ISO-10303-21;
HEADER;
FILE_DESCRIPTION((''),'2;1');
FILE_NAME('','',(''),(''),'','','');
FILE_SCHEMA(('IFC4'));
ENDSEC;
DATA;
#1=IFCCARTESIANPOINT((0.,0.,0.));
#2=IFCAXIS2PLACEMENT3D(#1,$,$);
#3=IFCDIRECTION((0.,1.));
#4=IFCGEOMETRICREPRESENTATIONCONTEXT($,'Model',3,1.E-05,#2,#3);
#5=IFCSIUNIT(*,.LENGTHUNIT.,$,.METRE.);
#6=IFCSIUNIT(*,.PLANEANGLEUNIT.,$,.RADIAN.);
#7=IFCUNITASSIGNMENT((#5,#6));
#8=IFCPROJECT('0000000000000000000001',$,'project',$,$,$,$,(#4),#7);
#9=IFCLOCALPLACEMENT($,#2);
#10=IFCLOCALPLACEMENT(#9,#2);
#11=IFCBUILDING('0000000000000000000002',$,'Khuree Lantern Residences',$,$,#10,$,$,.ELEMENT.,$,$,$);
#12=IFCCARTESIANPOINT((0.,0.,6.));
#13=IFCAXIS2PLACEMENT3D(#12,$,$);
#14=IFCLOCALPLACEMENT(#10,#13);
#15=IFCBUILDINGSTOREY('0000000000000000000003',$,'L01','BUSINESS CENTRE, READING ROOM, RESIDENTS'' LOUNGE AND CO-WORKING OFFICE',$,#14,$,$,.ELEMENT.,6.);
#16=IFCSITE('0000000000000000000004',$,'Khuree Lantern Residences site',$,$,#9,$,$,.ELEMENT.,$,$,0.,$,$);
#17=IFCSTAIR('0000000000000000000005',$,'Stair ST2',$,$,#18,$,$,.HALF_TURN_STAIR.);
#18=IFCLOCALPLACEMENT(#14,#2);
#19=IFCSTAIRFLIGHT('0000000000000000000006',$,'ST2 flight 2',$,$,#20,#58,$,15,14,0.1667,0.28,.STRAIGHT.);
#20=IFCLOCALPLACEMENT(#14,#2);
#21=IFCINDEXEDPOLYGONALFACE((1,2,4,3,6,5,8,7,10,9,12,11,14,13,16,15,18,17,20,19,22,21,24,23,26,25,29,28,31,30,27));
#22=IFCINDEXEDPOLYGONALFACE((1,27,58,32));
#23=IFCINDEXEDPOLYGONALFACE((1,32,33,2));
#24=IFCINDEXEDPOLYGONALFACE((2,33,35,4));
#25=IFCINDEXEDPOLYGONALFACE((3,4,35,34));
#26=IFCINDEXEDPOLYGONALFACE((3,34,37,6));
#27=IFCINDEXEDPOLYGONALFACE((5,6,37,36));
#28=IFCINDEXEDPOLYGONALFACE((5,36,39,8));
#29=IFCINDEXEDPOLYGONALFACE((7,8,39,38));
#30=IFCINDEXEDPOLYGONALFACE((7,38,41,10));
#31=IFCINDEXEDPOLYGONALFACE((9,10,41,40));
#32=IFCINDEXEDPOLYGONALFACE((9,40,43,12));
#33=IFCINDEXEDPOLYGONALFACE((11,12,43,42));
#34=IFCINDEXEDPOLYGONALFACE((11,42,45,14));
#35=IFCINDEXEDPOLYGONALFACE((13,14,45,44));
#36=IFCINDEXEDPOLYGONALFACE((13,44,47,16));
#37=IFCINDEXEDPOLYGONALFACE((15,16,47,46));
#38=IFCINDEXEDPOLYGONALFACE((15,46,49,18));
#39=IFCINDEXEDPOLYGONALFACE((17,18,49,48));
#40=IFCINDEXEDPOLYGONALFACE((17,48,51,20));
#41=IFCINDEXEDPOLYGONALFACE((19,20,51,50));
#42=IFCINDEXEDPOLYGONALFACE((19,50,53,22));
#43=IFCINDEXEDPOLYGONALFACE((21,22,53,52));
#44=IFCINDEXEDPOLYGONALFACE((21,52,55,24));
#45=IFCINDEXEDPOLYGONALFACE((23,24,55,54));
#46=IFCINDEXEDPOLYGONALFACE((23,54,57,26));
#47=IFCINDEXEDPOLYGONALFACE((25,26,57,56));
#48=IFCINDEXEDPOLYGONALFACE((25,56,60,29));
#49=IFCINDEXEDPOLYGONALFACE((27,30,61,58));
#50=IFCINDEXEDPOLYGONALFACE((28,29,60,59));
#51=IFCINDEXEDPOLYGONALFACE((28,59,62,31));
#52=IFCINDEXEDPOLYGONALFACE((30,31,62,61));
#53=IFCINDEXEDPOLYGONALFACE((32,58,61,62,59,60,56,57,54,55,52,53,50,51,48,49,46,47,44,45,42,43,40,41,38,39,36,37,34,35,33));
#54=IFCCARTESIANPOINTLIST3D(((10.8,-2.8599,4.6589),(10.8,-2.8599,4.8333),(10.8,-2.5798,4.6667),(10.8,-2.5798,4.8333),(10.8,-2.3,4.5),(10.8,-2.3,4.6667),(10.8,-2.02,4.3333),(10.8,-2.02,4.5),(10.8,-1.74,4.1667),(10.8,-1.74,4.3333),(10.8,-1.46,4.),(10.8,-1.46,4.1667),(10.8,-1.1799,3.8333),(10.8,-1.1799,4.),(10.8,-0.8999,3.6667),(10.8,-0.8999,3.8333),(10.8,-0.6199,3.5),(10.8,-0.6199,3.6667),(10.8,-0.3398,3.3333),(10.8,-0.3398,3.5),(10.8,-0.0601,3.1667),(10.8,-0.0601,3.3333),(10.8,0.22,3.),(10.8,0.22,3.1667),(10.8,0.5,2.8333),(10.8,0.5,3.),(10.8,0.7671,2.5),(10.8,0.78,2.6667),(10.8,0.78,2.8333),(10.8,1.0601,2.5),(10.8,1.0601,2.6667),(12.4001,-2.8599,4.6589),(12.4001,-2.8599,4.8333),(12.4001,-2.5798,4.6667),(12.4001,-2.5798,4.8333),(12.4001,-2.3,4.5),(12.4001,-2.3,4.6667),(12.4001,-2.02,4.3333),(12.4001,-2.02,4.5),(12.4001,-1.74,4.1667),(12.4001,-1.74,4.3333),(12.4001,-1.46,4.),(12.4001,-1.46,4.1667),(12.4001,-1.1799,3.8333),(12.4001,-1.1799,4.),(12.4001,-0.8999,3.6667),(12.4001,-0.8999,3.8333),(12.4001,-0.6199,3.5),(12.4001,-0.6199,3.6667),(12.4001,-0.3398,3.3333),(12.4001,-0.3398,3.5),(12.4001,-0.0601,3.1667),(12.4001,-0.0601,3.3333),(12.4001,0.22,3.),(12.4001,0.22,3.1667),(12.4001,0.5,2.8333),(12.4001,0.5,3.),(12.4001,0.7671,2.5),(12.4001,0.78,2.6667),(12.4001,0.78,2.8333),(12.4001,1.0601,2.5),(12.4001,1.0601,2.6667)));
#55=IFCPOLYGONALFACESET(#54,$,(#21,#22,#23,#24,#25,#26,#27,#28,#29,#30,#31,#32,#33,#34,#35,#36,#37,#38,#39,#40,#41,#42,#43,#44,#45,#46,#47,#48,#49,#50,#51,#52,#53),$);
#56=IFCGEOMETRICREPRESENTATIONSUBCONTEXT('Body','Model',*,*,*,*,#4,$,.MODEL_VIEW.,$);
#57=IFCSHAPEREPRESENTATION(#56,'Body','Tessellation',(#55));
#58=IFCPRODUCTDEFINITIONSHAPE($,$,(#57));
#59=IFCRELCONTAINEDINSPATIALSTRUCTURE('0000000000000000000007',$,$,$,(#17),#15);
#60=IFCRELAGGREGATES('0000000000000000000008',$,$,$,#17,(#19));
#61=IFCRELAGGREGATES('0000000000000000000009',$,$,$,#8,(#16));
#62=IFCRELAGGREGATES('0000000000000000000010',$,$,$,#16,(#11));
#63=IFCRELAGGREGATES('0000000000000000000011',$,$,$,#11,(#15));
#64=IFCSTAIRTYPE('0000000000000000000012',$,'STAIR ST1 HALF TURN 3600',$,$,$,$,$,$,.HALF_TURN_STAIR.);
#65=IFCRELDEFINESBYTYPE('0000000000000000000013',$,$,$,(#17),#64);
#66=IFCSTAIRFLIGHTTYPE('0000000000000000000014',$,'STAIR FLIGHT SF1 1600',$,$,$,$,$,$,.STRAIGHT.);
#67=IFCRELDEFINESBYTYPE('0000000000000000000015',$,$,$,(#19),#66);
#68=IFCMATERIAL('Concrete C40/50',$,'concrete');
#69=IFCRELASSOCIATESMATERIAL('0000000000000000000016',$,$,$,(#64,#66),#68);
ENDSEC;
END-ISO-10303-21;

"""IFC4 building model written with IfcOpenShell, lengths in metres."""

from ifc_helpers import new_model, si_unit, direction, frame, origin, place, context, subcontext, project, spatial, polyline, outline, extrude, material, type_object, element, aggregate, save


model = new_model("IFC4")

# Units and contexts
model_context = context("Model", 3, precision=1e-05, world=origin(), true_north=direction((0.0, 1.0)))
body_context = subcontext(model_context, "Body", "Model", "MODEL_VIEW")
ifc_project = project(units=[si_unit("LENGTHUNIT", "METRE"), si_unit("PLANEANGLEUNIT", "RADIAN")], contexts=[model_context])

# Site, building, storey
site_placement = place(None, origin())
site = spatial("IfcSite", under=ifc_project, at=site_placement, Name="Khuree Lantern Residences site", CompositionType="ELEMENT", RefElevation=0.0)
building_placement = place(site_placement, origin())
building = spatial("IfcBuilding", under=site, at=building_placement, Name="Khuree Lantern Residences", CompositionType="ELEMENT")
storey_placement = place(building_placement, frame((0.0, 0.0, 6.0)))
storey = spatial("IfcBuildingStorey", under=building, at=storey_placement, Name="L01", Description="BUSINESS CENTRE, READING ROOM, RESIDENTS' LOUNGE AND CO-WORKING OFFICE", CompositionType="ELEMENT", Elevation=6.0)

# Stair
ifc_material_1 = material(Name="Concrete C40/50", Category="concrete")
stair_type_1 = type_object("IfcStairType", Name="STAIR ST1 HALF TURN 3600", PredefinedType="HALF_TURN_STAIR", material=ifc_material_1)
stair_1_placement = place(storey_placement, origin())
stair_1 = element("IfcStair", 1, at=stair_1_placement, inside=storey, type_object=stair_type_1, Name="Stair ST2", PredefinedType="HALF_TURN_STAIR")

# Stair flight
stair_flight_type = type_object("IfcStairFlightType", Name="STAIR FLIGHT SF1 1600", PredefinedType="STRAIGHT", material=ifc_material_1)
stair_flight_placement = place(storey_placement, frame((11.6001, 1.0601, 2.5), z_axis=(0.0, 0.0, 1.0), x_axis=(0.0, -1.0, 0.0)))
stair_flight = element("IfcStairFlight", 2, at=stair_flight_placement, type_object=stair_flight_type, Name="ST2 flight 2", NumberOfRisers=15, NumberOfTreads=14, PredefinedType="STRAIGHT", RiserHeight=0.1667, TreadLength=0.28, context=body_context, shape_type="SweptSolid", body=[
    extrude(outline(polyline([(0.0, 0.0), (0.0, 0.1667), (0.28, 0.1667), (0.28, 0.3333), (0.5601, 0.3333), (0.5601, 0.5), (0.8401, 0.5), (0.8401, 0.6667), (1.1201, 0.6667), (1.1201, 0.8333), (1.3999, 0.8333), (1.3999, 1.0), (1.6799, 1.0), (1.6799, 1.1667), (1.96, 1.1667), (1.96, 1.3333), (2.24, 1.3333), (2.24, 1.5), (2.52, 1.5), (2.52, 1.6667), (2.8, 1.6667), (2.8, 1.8333), (3.0801, 1.8333), (3.0801, 2.0), (3.3601, 2.0), (3.3601, 2.1667), (3.6399, 2.1667), (3.6399, 2.3333), (3.9199, 2.3333), (3.9199, 2.5), (3.9199, 2.1589), (0.293, 0.0), (0.0, 0.0)])), frame((0.0, 0.8, 0.0), z_axis=(0.0, -1.0, 0.0), x_axis=(1.0, 0.0, 0.0)), (0.0, 0.0, 1.0), 1.6001),
])
aggregate(stair_1, [stair_flight])

save(model, "model.ifc")
